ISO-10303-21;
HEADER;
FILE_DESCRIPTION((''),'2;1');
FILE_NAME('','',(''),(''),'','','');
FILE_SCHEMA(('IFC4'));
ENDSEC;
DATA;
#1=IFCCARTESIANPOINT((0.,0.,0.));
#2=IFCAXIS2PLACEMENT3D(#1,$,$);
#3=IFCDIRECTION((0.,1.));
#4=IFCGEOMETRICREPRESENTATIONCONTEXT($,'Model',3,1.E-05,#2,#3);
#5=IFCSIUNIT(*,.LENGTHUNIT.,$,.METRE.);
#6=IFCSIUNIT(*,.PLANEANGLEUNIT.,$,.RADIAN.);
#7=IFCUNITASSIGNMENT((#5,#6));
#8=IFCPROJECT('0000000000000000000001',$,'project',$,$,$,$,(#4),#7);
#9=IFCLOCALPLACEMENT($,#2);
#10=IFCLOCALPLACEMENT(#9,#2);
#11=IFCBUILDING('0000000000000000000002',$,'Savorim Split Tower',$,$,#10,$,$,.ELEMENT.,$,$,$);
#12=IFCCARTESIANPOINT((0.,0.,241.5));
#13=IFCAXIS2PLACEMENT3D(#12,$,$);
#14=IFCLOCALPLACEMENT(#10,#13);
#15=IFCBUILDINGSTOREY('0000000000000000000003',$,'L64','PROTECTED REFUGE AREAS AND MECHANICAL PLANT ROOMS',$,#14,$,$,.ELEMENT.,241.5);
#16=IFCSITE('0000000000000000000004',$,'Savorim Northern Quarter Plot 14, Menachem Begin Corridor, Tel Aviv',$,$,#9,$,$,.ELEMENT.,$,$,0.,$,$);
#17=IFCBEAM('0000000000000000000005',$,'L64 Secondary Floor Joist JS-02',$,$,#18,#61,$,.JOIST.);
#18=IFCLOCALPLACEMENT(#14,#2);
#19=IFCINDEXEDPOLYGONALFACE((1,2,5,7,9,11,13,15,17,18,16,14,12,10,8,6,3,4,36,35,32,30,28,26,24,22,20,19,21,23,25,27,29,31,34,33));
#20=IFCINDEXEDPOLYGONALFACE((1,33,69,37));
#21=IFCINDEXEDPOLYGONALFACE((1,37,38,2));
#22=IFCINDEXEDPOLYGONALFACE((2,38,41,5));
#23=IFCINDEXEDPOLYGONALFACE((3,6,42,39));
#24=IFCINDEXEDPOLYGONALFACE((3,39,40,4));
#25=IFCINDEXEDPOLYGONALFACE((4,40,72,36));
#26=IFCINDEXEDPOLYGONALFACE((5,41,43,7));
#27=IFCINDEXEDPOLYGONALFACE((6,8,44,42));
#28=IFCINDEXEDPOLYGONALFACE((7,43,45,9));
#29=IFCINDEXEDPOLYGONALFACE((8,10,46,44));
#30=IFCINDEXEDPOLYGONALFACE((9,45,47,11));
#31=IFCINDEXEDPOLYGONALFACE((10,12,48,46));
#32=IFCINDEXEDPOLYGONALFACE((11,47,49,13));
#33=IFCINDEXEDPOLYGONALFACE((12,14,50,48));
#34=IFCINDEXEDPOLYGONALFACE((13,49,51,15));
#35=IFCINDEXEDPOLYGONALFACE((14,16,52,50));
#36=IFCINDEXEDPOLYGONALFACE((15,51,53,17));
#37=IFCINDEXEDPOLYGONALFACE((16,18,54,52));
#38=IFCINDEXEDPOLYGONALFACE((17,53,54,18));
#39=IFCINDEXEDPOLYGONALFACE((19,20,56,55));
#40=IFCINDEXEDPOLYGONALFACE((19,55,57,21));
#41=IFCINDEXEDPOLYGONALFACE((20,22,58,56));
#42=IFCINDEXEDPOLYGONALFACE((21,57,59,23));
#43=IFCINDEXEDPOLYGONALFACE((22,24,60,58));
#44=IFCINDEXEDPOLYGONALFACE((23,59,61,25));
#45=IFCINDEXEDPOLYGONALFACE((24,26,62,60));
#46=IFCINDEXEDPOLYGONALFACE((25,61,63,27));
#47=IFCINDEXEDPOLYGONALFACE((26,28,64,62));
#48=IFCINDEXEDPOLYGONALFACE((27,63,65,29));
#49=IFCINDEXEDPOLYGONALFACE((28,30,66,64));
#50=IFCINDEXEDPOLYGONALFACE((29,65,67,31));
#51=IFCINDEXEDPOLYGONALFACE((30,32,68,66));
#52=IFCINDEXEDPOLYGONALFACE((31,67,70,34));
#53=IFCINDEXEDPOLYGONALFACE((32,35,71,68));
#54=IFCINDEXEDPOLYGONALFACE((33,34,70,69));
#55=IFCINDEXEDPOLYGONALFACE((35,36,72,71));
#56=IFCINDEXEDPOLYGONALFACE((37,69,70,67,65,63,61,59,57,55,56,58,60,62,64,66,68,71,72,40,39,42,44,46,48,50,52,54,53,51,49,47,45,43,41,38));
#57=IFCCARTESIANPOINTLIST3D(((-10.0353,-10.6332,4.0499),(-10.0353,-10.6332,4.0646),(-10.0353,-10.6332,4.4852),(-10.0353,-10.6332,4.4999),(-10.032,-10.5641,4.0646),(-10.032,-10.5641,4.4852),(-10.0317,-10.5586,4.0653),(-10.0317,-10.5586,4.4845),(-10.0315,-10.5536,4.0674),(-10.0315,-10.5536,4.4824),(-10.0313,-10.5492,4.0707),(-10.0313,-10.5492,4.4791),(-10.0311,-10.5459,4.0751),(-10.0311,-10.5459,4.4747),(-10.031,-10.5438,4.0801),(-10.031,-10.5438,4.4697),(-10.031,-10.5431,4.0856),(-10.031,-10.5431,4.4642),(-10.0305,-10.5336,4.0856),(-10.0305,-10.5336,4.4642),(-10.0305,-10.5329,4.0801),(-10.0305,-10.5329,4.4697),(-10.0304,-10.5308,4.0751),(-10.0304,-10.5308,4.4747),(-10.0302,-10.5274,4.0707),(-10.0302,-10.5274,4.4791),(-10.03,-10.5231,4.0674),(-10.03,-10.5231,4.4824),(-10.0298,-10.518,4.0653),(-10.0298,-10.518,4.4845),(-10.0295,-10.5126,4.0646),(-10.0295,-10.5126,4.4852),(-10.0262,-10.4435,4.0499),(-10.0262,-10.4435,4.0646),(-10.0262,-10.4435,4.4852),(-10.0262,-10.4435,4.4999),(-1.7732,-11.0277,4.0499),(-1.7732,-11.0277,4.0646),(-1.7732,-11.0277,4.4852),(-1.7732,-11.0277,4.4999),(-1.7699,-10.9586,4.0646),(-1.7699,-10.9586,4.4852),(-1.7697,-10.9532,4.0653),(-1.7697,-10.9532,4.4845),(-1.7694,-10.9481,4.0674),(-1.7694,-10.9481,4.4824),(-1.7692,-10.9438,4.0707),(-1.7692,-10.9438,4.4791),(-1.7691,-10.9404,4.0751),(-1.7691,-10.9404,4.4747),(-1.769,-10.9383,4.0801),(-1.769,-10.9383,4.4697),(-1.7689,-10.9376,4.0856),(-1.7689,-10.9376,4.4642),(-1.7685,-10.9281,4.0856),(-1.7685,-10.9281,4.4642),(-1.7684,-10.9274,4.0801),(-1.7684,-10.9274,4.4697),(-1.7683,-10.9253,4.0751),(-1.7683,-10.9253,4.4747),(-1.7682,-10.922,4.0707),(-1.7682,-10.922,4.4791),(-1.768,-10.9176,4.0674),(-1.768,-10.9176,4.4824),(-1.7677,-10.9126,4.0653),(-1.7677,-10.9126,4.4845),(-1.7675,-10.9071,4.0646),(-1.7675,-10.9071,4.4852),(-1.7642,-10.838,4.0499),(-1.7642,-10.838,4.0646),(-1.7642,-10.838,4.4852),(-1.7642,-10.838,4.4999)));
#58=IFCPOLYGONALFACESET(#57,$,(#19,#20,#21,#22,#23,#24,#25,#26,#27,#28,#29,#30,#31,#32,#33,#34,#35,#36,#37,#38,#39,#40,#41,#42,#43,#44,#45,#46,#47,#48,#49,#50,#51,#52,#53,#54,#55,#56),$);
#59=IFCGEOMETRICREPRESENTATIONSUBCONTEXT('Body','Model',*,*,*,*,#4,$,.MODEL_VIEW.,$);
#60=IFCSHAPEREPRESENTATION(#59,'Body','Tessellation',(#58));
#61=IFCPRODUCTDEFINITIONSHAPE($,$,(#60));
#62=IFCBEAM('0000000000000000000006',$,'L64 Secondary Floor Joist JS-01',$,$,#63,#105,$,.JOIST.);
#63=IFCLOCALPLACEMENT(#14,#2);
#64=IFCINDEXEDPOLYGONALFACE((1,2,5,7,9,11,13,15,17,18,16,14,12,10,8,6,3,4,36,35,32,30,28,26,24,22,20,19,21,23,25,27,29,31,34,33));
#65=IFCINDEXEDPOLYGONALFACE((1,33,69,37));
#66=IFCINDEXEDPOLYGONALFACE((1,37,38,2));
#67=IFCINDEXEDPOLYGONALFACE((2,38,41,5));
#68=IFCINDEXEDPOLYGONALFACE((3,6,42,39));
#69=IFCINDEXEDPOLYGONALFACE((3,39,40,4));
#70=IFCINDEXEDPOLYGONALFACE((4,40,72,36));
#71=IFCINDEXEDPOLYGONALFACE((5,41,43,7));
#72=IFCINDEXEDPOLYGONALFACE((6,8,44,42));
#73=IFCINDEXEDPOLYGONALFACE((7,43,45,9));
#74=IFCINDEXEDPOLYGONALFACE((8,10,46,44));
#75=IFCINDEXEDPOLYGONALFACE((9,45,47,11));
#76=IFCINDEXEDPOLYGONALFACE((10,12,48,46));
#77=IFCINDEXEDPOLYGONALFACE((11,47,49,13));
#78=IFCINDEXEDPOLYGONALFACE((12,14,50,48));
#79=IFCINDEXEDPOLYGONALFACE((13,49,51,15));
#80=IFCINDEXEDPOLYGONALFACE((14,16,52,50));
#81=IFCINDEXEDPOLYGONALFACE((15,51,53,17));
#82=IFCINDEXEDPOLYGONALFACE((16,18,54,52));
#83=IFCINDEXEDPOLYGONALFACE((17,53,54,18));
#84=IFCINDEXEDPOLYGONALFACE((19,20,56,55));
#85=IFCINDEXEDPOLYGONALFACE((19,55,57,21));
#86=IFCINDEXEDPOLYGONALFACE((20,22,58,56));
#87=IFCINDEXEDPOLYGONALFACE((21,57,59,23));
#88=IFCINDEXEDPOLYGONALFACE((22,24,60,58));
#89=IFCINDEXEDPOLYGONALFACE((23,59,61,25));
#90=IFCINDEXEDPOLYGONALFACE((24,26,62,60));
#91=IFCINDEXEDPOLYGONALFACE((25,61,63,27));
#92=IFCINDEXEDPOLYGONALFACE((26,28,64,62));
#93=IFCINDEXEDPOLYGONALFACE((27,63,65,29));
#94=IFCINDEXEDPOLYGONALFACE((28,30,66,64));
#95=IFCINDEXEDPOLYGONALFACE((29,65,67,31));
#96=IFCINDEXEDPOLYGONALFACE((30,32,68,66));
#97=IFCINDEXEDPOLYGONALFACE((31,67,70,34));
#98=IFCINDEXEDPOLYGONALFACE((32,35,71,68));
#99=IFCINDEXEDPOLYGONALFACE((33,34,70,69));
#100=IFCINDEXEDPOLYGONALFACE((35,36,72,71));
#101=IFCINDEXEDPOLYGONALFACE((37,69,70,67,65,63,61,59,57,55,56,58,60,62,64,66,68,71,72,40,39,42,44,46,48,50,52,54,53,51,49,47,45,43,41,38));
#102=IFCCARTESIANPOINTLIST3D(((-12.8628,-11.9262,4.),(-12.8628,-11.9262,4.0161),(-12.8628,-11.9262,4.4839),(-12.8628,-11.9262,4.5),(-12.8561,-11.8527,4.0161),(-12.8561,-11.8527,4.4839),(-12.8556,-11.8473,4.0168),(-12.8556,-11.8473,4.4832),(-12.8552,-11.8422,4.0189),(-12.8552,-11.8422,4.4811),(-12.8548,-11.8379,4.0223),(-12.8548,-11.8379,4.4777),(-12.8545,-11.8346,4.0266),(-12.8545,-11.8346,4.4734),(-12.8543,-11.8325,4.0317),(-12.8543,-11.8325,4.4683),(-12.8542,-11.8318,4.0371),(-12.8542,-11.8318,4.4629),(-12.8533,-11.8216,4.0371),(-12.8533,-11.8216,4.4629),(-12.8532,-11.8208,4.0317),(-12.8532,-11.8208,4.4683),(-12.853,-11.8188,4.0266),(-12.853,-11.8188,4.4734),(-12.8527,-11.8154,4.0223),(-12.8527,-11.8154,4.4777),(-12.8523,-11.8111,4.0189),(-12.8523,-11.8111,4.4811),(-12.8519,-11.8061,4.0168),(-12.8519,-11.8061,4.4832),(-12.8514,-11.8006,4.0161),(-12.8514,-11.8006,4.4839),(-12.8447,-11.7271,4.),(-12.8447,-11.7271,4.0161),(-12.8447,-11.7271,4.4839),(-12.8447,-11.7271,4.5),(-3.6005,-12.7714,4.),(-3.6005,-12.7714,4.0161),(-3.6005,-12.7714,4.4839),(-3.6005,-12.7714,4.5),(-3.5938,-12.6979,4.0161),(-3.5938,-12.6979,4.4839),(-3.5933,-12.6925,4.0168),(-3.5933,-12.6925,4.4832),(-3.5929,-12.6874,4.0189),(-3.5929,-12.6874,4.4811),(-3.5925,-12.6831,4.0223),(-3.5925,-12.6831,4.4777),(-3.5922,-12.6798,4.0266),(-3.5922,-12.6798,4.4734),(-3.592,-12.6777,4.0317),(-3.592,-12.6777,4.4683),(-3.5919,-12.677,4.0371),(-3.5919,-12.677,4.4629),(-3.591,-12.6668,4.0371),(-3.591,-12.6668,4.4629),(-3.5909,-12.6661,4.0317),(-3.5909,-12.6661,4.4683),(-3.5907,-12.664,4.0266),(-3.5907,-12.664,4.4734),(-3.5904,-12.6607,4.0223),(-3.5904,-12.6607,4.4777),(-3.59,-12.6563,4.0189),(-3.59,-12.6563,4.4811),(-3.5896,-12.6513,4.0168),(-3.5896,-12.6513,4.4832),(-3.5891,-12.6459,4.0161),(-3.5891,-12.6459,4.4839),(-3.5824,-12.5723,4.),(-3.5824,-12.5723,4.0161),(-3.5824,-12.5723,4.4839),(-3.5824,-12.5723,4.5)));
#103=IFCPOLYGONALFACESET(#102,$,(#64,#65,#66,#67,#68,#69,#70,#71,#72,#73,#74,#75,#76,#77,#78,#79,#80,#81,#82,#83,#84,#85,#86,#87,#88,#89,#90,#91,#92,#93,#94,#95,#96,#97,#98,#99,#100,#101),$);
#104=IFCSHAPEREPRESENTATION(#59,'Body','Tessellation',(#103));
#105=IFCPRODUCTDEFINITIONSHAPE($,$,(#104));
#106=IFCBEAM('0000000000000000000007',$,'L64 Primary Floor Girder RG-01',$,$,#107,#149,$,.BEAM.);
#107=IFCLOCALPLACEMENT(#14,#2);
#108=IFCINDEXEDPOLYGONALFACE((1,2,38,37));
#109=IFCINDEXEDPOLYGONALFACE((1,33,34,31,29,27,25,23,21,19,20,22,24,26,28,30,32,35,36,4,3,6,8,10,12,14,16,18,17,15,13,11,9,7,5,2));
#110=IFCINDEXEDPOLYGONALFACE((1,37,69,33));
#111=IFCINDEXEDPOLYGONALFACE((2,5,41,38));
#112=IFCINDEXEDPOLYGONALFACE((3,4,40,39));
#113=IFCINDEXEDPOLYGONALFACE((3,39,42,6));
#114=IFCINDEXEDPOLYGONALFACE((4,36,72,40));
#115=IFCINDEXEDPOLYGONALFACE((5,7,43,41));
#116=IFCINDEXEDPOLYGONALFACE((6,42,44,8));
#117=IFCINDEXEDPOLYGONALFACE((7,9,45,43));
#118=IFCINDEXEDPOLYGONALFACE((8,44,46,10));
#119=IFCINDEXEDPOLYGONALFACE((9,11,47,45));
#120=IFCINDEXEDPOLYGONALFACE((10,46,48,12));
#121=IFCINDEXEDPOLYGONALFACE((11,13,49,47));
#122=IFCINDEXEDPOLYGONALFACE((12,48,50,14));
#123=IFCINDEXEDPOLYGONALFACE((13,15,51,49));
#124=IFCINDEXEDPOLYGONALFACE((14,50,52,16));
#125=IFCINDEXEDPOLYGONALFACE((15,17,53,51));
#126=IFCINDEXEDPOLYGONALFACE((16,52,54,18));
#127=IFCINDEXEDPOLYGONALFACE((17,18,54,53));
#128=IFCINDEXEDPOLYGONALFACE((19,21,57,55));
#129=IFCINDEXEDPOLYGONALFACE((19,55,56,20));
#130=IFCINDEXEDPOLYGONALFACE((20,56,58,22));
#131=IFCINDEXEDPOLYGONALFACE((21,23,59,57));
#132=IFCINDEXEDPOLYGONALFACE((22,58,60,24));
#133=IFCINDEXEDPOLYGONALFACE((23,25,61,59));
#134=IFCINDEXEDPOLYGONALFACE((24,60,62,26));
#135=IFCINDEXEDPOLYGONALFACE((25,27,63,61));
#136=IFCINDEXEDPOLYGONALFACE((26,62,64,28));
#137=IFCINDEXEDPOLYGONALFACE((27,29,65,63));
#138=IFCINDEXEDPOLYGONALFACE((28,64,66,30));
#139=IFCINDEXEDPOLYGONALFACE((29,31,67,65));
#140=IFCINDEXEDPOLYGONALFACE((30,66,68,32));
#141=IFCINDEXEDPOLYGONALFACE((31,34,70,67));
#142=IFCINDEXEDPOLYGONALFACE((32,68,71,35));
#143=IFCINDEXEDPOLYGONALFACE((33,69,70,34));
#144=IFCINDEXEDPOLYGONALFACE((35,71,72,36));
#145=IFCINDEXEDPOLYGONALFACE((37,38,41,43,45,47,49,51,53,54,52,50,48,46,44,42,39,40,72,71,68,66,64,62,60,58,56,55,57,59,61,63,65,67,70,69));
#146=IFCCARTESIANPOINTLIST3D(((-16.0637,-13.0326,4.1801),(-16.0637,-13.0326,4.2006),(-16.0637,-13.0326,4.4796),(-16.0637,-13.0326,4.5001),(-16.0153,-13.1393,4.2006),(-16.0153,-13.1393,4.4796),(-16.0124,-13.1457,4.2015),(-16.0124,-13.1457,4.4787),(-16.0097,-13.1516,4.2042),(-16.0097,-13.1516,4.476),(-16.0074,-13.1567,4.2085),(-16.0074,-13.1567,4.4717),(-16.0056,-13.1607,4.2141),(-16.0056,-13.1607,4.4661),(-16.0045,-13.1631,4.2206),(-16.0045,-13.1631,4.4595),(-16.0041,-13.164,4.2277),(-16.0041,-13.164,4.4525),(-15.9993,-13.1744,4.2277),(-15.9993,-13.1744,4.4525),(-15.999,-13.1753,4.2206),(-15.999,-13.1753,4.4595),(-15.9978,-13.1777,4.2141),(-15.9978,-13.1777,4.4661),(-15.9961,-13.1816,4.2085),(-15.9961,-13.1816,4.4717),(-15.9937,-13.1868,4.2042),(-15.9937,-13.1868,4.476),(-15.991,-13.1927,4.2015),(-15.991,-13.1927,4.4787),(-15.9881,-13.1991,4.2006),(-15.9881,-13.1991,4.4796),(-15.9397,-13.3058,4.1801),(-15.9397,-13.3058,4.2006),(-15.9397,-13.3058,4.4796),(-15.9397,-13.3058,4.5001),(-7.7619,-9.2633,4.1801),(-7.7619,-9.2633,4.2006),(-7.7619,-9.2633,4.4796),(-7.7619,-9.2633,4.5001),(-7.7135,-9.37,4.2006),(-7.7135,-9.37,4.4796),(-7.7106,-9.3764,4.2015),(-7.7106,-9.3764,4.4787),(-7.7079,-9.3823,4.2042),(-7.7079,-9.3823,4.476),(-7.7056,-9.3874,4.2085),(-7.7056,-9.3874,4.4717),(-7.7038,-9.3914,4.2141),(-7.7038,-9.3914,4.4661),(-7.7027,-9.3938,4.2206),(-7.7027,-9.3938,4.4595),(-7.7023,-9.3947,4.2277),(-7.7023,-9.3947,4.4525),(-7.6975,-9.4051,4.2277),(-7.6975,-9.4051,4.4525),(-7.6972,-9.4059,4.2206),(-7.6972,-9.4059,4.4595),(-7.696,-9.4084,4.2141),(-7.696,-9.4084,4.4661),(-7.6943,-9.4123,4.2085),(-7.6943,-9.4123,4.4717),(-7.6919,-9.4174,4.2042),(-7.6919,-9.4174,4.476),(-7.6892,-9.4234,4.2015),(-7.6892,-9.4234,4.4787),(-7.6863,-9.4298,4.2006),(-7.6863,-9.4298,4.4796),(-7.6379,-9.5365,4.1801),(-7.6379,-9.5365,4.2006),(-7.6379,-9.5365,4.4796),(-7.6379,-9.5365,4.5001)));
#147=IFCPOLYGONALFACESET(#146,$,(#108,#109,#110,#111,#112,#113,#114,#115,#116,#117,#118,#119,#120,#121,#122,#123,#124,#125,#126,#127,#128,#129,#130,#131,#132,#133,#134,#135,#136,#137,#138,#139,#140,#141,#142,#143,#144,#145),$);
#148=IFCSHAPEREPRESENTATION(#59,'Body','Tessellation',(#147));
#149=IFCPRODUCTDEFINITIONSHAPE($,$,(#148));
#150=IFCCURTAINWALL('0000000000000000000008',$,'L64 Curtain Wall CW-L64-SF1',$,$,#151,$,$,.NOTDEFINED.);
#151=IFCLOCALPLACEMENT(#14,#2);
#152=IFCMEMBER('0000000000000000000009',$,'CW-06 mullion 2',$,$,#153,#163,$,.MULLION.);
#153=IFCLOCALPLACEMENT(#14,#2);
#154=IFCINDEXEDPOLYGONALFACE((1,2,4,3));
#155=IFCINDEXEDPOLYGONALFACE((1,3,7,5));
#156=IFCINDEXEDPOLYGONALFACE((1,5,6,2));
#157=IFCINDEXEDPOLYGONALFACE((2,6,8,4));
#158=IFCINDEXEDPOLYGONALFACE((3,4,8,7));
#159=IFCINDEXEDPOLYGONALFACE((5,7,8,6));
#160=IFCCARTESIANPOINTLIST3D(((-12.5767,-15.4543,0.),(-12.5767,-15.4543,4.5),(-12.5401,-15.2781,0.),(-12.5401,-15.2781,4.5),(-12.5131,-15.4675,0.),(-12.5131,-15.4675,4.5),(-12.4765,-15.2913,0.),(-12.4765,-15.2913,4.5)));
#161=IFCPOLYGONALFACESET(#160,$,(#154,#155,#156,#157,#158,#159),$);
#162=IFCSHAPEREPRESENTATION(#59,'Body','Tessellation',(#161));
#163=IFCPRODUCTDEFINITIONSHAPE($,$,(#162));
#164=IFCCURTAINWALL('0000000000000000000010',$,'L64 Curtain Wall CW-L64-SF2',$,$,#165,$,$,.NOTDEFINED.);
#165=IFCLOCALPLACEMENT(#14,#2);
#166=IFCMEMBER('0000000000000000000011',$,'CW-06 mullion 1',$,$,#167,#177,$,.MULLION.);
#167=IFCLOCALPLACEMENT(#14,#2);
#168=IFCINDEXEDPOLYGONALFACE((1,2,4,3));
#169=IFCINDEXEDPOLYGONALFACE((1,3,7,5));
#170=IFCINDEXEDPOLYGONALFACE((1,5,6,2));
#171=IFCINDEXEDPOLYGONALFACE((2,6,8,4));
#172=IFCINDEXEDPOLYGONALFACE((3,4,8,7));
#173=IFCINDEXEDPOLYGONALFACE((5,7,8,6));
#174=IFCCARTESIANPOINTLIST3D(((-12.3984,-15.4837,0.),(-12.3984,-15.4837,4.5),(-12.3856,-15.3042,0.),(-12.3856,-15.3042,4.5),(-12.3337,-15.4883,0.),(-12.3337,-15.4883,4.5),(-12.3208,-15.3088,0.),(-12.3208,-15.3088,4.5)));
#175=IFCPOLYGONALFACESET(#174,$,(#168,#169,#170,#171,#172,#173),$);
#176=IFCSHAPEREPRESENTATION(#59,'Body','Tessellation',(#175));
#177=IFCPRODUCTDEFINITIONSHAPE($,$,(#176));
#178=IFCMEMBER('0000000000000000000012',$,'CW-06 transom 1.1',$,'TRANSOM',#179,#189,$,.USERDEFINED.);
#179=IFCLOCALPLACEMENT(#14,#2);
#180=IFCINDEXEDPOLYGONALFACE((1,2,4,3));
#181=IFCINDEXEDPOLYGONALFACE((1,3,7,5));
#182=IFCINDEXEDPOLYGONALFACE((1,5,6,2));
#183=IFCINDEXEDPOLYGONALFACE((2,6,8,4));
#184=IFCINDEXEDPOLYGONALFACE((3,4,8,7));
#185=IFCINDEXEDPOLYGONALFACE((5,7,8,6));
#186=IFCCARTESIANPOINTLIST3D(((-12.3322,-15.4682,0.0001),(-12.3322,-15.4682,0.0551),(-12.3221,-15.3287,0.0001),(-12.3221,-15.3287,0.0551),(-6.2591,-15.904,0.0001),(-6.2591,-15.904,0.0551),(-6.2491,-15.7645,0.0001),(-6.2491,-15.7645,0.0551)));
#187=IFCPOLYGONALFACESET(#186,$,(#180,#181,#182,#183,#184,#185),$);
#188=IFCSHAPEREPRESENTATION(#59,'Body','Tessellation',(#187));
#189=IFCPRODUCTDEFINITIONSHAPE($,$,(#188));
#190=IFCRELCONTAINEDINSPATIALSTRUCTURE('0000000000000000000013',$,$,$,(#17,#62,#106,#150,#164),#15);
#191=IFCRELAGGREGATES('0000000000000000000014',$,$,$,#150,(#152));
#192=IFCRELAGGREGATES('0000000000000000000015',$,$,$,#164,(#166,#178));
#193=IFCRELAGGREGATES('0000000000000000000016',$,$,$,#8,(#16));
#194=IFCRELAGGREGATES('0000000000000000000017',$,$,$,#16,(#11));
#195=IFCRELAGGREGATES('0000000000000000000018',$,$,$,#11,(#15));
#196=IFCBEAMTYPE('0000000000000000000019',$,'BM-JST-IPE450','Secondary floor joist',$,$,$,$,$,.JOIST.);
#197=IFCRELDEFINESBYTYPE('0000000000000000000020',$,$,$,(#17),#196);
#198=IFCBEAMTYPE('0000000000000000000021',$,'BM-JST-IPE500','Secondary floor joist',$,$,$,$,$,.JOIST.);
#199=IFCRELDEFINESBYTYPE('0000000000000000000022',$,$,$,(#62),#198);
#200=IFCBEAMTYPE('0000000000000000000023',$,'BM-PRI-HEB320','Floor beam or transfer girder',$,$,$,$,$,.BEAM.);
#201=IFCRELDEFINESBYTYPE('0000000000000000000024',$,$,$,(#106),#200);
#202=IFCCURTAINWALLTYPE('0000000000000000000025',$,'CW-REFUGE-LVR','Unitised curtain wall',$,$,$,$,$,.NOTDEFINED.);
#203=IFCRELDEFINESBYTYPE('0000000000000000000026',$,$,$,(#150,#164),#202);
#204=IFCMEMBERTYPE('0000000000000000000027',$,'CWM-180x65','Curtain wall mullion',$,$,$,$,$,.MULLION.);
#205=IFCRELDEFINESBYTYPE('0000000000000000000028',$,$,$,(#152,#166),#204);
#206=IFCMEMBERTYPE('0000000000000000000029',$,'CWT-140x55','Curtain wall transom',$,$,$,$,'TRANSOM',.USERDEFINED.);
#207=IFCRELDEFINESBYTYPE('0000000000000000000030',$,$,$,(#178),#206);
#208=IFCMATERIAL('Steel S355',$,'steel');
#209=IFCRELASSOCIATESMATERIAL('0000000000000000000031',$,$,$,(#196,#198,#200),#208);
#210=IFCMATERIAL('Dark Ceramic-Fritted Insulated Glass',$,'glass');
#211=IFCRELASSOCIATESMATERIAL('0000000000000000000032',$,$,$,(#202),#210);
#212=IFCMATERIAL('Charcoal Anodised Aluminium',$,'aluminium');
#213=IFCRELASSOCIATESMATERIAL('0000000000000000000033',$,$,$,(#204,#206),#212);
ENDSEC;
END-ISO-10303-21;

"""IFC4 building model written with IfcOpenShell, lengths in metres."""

from ifc_helpers import new_model, si_unit, direction, frame, origin, origin_2d, place, context, subcontext, project, spatial, rectangle, i_section, extrude, material, material_profile, profile_set, type_object, element, aggregate, save


model = new_model("IFC4")

# Units and contexts
model_context = context("Model", 3, precision=1e-05, world=origin(), true_north=direction((0.0, 1.0)))
body_context = subcontext(model_context, "Body", "Model", "MODEL_VIEW")
ifc_project = project(units=[si_unit("LENGTHUNIT", "METRE"), si_unit("PLANEANGLEUNIT", "RADIAN")], contexts=[model_context])

# Site, building, storey
site_placement = place(None, origin())
site = spatial("IfcSite", under=ifc_project, at=site_placement, Name="Savorim Northern Quarter Plot 14, Menachem Begin Corridor, Tel Aviv", CompositionType="ELEMENT", RefElevation=0.0)
building_placement = place(site_placement, origin())
building = spatial("IfcBuilding", under=site, at=building_placement, Name="Savorim Split Tower", CompositionType="ELEMENT")
storey_placement = place(building_placement, frame((0.0, 0.0, 241.5)))
storey = spatial("IfcBuildingStorey", under=building, at=storey_placement, Name="L64", Description="PROTECTED REFUGE AREAS AND MECHANICAL PLANT ROOMS", CompositionType="ELEMENT", Elevation=241.5)

# Beams
ifc_material_1 = material(Name="Steel S355", Category="steel")
ifc_material_profile_1 = material_profile(ifc_material_1, i_section(OverallWidth=0.1899, OverallDepth=0.45, WebThickness=0.0095, FlangeThickness=0.0146, FilletRadius=0.021, at=origin_2d()), Name="IPE 450")
ifc_profile_set_1 = profile_set([ifc_material_profile_1], Name="Steel S355")
beam_type_1 = type_object("IfcBeamType", Name="BM-JST-IPE450", Description="Secondary floor joist", PredefinedType="JOIST", material=ifc_profile_set_1)
beam_1_placement = place(storey_placement, frame((-10.0308, -10.5383, 4.2749), z_axis=(0.998862, -0.047698, 0.0), x_axis=(0.047698, 0.998862, 0.0)))
element("IfcBeam", 1, at=beam_1_placement, inside=storey, type_object=beam_type_1, Name="L64 Secondary Floor Joist JS-02", PredefinedType="JOIST", context=body_context, shape_type="SweptSolid", body=[
    extrude(i_section(OverallWidth=0.1899, OverallDepth=0.45, WebThickness=0.0095, FlangeThickness=0.0146, FilletRadius=0.021, at=origin_2d()), origin(), (0.0, 0.0, 1.0), 8.2715),
])
ifc_material_profile_2 = material_profile(ifc_material_1, i_section(OverallWidth=0.2, OverallDepth=0.5, WebThickness=0.0103, FlangeThickness=0.0161, FilletRadius=0.021, at=origin_2d()), Name="IPE 500")
ifc_profile_set_2 = profile_set([ifc_material_profile_2], Name="Steel S355")
beam_type_2 = type_object("IfcBeamType", Name="BM-JST-IPE500", Description="Secondary floor joist", PredefinedType="JOIST", material=ifc_profile_set_2)
beam_2_placement = place(storey_placement, frame((-12.8538, -11.8267, 4.25), z_axis=(0.995862, -0.090877, 0.0), x_axis=(0.090877, 0.995862, 0.0)))
element("IfcBeam", 2, at=beam_2_placement, inside=storey, type_object=beam_type_2, Name="L64 Secondary Floor Joist JS-01", PredefinedType="JOIST", context=body_context, shape_type="SweptSolid", body=[
    extrude(i_section(OverallWidth=0.2, OverallDepth=0.5, WebThickness=0.0103, FlangeThickness=0.0161, FilletRadius=0.021, at=origin_2d()), origin(), (0.0, 0.0, 1.0), 9.3008),
])
ifc_material_profile_3 = material_profile(ifc_material_1, i_section(OverallWidth=0.3, OverallDepth=0.3201, WebThickness=0.0115, FlangeThickness=0.0205, FilletRadius=0.0271, at=origin_2d()), Name="HEB 320")
ifc_profile_set_3 = profile_set([ifc_material_profile_3], Name="Steel S355")
beam_type_3 = type_object("IfcBeamType", Name="BM-PRI-HEB320", Description="Floor beam or transfer girder", PredefinedType="BEAM", material=ifc_profile_set_3)
beam_3_placement = place(storey_placement, frame((-16.0017, -13.1692, 4.3401), z_axis=(0.910542, 0.413418, 0.0), x_axis=(-0.413418, 0.910542, 0.0)))
element("IfcBeam", 3, at=beam_3_placement, inside=storey, type_object=beam_type_3, Name="L64 Primary Floor Girder RG-01", PredefinedType="BEAM", context=body_context, shape_type="SweptSolid", body=[
    extrude(i_section(OverallWidth=0.3, OverallDepth=0.3201, WebThickness=0.0115, FlangeThickness=0.0205, FilletRadius=0.0271, at=origin_2d()), origin(), (0.0, 0.0, 1.0), 9.1174),
])

# Curtain wall, member
ifc_material_2 = material(Name="Dark Ceramic-Fritted Insulated Glass", Category="glass")
curtain_wall_type = type_object("IfcCurtainWallType", Name="CW-REFUGE-LVR", Description="Unitised curtain wall", PredefinedType="NOTDEFINED", material=ifc_material_2)
curtain_wall_1_placement = place(storey_placement, origin())
curtain_wall_1 = element("IfcCurtainWall", 4, at=curtain_wall_1_placement, inside=storey, type_object=curtain_wall_type, Name="L64 Curtain Wall CW-L64-SF1", PredefinedType="NOTDEFINED")
ifc_material_3 = material(Name="Charcoal Anodised Aluminium", Category="aluminium")
ifc_material_profile_4 = material_profile(ifc_material_3, rectangle(XDim=0.1799, YDim=0.0649, at=origin_2d()), Name="ALU-M 180x65")
ifc_profile_set_4 = profile_set([ifc_material_profile_4], Name="Charcoal Anodised Aluminium")
member_type_1 = type_object("IfcMemberType", Name="CWM-180x65", Description="Curtain wall mullion", PredefinedType="MULLION", material=ifc_profile_set_4)
member_1_placement = place(storey_placement, frame((-12.5266, -15.3728, 0.0), z_axis=(0.0, 0.0, 1.0), x_axis=(0.203208, 0.979136, 0.0)))
member_1 = element("IfcMember", 5, at=member_1_placement, type_object=member_type_1, Name="CW-06 mullion 2", PredefinedType="MULLION", context=body_context, shape_type="SweptSolid", body=[
    extrude(rectangle(XDim=0.1799, YDim=0.0649, at=origin_2d()), origin(), (0.0, 0.0, 1.0), 4.5),
])
aggregate(curtain_wall_1, [member_1])

# Curtain wall, members
curtain_wall_2_placement = place(storey_placement, origin())
curtain_wall_2 = element("IfcCurtainWall", 6, at=curtain_wall_2_placement, inside=storey, type_object=curtain_wall_type, Name="L64 Curtain Wall CW-L64-SF2", PredefinedType="NOTDEFINED")
member_2_placement = place(storey_placement, frame((-12.3596, -15.3962, 0.0), z_axis=(0.0, 0.0, 1.0), x_axis=(0.071562, 0.997436, 0.0)))
member_2 = element("IfcMember", 7, at=member_2_placement, type_object=member_type_1, Name="CW-06 mullion 1", PredefinedType="MULLION", context=body_context, shape_type="SweptSolid", body=[
    extrude(rectangle(XDim=0.1799, YDim=0.0649, at=origin_2d()), origin(), (0.0, 0.0, 1.0), 4.5),
])
ifc_material_profile_5 = material_profile(ifc_material_3, rectangle(XDim=0.1399, YDim=0.0549, at=origin_2d()), Name="ALU-T 140x55")
ifc_profile_set_5 = profile_set([ifc_material_profile_5], Name="Charcoal Anodised Aluminium")
member_type_2 = type_object("IfcMemberType", Name="CWT-140x55", Description="Curtain wall transom", ElementType="TRANSOM", PredefinedType="USERDEFINED", material=ifc_profile_set_5)
member_3_placement = place(storey_placement, frame((-12.3271, -15.3984, 0.0276), z_axis=(0.997435, -0.071575, 0.0), x_axis=(0.071575, 0.997435, 0.0)))
member_3 = element("IfcMember", 8, at=member_3_placement, type_object=member_type_2, Name="CW-06 transom 1.1", ObjectType="TRANSOM", PredefinedType="USERDEFINED", context=body_context, shape_type="SweptSolid", body=[
    extrude(rectangle(XDim=0.1399, YDim=0.0549, at=origin_2d()), origin(), (0.0, 0.0, 1.0), 6.0886),
])

aggregate(curtain_wall_2, [member_2, member_3])

save(model, "model.ifc")
